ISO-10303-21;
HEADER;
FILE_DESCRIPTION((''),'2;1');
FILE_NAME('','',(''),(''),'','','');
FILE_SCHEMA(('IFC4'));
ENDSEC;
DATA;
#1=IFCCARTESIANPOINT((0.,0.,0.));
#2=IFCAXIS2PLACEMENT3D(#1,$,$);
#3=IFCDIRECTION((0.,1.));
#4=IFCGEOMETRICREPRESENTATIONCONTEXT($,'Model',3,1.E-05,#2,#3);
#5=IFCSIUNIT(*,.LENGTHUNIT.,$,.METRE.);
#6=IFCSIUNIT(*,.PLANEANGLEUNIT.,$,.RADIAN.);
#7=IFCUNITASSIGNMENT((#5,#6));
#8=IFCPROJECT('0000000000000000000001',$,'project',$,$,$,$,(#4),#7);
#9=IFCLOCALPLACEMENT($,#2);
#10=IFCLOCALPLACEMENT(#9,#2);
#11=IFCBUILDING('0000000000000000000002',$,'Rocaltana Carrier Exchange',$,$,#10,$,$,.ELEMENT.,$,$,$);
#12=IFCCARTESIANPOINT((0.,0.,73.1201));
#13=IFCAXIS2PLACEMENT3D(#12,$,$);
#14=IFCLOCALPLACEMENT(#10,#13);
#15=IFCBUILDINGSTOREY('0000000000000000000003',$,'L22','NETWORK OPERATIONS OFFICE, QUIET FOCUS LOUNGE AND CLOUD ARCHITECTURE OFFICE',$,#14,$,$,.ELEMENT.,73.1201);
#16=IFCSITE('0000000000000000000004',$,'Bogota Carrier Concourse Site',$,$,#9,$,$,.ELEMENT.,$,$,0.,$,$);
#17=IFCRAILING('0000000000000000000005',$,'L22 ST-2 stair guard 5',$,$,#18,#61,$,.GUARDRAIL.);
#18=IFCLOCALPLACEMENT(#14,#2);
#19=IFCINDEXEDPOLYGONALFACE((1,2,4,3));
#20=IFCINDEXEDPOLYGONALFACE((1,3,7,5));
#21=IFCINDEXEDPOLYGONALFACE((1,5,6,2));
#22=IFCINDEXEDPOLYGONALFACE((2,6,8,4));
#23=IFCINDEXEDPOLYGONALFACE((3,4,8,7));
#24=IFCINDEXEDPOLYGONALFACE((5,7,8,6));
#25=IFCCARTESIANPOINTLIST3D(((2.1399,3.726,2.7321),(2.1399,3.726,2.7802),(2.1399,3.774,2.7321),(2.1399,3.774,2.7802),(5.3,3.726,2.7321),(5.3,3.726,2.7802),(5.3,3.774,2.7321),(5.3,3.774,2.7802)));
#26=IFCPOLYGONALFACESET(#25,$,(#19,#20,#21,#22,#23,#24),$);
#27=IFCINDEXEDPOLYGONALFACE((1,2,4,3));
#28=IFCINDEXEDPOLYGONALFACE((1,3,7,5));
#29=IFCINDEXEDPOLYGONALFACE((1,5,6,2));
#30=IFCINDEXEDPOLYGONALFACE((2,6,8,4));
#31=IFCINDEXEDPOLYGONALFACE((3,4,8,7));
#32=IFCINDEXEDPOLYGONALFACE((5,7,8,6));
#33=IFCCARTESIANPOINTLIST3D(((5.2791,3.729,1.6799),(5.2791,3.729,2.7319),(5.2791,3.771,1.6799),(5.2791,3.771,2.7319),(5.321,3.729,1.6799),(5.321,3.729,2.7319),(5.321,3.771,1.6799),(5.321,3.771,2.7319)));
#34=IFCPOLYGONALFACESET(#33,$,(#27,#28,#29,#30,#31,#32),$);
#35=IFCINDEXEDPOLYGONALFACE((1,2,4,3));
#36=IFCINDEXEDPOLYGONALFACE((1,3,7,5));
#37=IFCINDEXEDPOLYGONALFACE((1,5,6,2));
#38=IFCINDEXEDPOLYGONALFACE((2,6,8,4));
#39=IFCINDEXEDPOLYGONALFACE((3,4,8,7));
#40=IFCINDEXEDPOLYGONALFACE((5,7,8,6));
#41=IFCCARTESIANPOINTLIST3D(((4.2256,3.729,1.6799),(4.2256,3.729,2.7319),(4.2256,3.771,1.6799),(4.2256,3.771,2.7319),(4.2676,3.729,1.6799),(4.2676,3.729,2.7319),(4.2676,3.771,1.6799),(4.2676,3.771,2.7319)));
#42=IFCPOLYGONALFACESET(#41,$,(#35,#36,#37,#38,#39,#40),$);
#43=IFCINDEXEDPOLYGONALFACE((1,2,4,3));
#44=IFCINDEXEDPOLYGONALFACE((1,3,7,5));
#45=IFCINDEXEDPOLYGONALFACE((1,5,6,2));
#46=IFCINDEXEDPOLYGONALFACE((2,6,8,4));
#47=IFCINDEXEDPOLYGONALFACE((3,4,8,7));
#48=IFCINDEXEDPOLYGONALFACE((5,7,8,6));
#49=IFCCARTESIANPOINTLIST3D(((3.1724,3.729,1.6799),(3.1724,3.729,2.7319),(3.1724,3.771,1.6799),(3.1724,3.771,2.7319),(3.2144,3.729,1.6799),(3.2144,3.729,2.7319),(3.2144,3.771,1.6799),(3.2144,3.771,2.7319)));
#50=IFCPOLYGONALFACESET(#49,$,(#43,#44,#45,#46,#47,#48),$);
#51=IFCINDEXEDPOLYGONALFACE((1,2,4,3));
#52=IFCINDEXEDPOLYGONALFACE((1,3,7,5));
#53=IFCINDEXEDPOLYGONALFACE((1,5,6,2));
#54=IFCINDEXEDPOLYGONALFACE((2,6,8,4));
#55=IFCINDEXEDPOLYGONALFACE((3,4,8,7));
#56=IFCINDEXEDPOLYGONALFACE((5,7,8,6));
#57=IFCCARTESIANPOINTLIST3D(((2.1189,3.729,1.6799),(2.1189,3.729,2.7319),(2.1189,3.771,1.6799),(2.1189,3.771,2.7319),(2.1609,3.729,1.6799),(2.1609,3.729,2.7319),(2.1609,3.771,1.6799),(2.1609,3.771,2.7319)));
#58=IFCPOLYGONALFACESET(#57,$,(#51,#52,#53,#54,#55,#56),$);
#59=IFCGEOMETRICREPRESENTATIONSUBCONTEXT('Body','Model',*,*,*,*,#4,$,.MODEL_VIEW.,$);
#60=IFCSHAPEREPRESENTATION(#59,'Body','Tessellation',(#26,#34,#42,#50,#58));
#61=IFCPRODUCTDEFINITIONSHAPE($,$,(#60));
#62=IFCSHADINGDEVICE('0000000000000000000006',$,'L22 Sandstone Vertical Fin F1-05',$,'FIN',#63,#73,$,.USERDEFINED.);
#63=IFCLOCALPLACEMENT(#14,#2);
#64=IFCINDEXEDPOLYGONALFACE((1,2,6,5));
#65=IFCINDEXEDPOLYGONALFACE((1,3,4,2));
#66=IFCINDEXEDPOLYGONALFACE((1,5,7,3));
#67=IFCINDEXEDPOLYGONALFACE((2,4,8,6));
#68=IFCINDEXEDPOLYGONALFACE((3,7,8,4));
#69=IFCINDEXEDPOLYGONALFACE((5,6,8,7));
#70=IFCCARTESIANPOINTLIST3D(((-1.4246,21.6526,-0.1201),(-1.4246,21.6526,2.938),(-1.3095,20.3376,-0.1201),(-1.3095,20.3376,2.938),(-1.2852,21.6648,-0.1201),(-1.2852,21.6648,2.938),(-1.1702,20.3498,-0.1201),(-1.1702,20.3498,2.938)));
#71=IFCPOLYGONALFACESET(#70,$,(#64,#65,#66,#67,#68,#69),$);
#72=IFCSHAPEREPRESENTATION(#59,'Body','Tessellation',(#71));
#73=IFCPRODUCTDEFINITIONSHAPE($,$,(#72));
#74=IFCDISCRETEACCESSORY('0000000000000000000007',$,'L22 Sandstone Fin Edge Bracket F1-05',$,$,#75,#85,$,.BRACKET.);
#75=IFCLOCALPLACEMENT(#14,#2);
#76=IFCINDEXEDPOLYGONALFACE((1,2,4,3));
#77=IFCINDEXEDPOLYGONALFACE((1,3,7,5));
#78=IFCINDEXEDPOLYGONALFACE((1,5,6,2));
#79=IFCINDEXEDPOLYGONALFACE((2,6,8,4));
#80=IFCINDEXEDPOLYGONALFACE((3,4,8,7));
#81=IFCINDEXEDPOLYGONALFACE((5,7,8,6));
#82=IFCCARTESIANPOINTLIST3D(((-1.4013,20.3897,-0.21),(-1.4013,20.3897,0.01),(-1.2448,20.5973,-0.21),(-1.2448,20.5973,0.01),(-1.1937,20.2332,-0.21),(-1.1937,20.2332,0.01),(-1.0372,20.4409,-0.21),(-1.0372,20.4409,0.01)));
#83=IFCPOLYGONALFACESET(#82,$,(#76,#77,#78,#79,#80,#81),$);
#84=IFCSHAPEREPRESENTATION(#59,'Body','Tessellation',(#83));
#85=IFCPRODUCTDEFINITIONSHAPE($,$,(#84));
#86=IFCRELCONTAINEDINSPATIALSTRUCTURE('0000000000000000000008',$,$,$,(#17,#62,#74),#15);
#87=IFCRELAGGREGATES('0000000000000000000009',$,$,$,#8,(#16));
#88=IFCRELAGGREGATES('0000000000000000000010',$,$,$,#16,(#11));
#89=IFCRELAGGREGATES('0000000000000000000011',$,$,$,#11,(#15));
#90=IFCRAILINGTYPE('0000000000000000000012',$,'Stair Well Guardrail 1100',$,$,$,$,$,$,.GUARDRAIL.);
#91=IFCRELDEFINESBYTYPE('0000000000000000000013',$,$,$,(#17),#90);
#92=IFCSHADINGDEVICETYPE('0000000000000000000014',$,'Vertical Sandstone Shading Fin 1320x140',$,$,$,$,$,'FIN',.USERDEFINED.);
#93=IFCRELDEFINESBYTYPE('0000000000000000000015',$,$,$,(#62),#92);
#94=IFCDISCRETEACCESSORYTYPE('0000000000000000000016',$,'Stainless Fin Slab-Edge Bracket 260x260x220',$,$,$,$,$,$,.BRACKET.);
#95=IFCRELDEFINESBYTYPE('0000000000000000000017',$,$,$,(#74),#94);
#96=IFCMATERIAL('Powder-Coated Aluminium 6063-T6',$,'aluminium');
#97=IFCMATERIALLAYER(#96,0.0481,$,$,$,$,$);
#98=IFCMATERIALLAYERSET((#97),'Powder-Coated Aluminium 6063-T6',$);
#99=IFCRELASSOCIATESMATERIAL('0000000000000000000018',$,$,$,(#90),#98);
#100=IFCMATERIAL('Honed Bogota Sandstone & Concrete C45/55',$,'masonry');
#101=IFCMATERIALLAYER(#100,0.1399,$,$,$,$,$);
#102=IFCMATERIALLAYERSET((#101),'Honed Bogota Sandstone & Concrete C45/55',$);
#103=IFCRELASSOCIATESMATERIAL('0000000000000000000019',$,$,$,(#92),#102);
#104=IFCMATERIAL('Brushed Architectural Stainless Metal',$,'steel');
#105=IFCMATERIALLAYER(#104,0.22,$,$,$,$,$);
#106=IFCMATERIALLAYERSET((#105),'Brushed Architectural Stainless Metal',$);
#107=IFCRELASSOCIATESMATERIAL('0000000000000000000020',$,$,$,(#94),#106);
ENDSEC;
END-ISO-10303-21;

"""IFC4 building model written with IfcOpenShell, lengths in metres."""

from ifc_helpers import new_model, si_unit, direction, frame, origin, origin_2d, place, context, subcontext, project, spatial, rectangle, extrude, material, layer, layer_set, type_object, element, save


model = new_model("IFC4")

# Units and contexts
model_context = context("Model", 3, precision=1e-05, world=origin(), true_north=direction((0.0, 1.0)))
body_context = subcontext(model_context, "Body", "Model", "MODEL_VIEW")
ifc_project = project(units=[si_unit("LENGTHUNIT", "METRE"), si_unit("PLANEANGLEUNIT", "RADIAN")], contexts=[model_context])

# Site, building, storey
site_placement = place(None, origin())
site = spatial("IfcSite", under=ifc_project, at=site_placement, Name="Bogota Carrier Concourse Site", CompositionType="ELEMENT", RefElevation=0.0)
building_placement = place(site_placement, origin())
building = spatial("IfcBuilding", under=site, at=building_placement, Name="Rocaltana Carrier Exchange", CompositionType="ELEMENT")
storey_placement = place(building_placement, frame((0.0, 0.0, 73.1201)))
storey = spatial("IfcBuildingStorey", under=building, at=storey_placement, Name="L22", Description="NETWORK OPERATIONS OFFICE, QUIET FOCUS LOUNGE AND CLOUD ARCHITECTURE OFFICE", CompositionType="ELEMENT", Elevation=73.1201)

# Railing
ifc_material_1 = material(Name="Powder-Coated Aluminium 6063-T6", Category="aluminium")
ifc_layer_1 = layer(ifc_material_1, 0.0481)
ifc_layer_set_1 = layer_set([ifc_layer_1], Name="Powder-Coated Aluminium 6063-T6")
railing_type = type_object("IfcRailingType", Name="Stair Well Guardrail 1100", PredefinedType="GUARDRAIL", material=ifc_layer_set_1)
railing_placement = place(storey_placement, frame((5.3, 3.75, 1.6799)))
element("IfcRailing", 1, at=railing_placement, inside=storey, type_object=railing_type, Name="L22 ST-2 stair guard 5", PredefinedType="GUARDRAIL", context=body_context, shape_type="SweptSolid", body=[
    extrude(rectangle(XDim=0.0481, YDim=0.0481, at=origin_2d()), frame((0.0, 0.0, 1.0762), z_axis=(-1.0, 0.0, 0.0), x_axis=(0.0, -1.0, 0.0)), (0.0, 0.0, 1.0), 3.1602),
    extrude(rectangle(XDim=0.042, YDim=0.042, at=origin_2d()), origin(), (0.0, 0.0, 1.0), 1.052),
    extrude(rectangle(XDim=0.042, YDim=0.042, at=origin_2d()), frame((-1.0535, 0.0, 0.0)), (0.0, 0.0, 1.0), 1.052),
    extrude(rectangle(XDim=0.042, YDim=0.042, at=origin_2d()), frame((-2.1067, 0.0, 0.0)), (0.0, 0.0, 1.0), 1.052),
    extrude(rectangle(XDim=0.042, YDim=0.042, at=origin_2d()), frame((-3.1602, 0.0, 0.0)), (0.0, 0.0, 1.0), 1.052),
])

# Shading device
ifc_material_2 = material(Name="Honed Bogota Sandstone & Concrete C45/55", Category="masonry")
ifc_layer_2 = layer(ifc_material_2, 0.1399)
ifc_layer_set_2 = layer_set([ifc_layer_2], Name="Honed Bogota Sandstone & Concrete C45/55")
shading_device_type = type_object("IfcShadingDeviceType", Name="Vertical Sandstone Shading Fin 1320x140", ElementType="FIN", PredefinedType="USERDEFINED", material=ifc_layer_set_2)
shading_device_placement = place(storey_placement, frame((-1.2974, 21.0012, -0.1201), z_axis=(0.0, 0.0, 1.0), x_axis=(-0.087156, 0.996195, 0.0)))
element("IfcShadingDevice", 2, at=shading_device_placement, inside=storey, type_object=shading_device_type, Name="L22 Sandstone Vertical Fin F1-05", ObjectType="FIN", PredefinedType="USERDEFINED", context=body_context, shape_type="SweptSolid", body=[
    extrude(rectangle(XDim=1.3201, YDim=0.1399, at=origin_2d()), origin(), (0.0, 0.0, 1.0), 3.0581),
])

# Discrete accessory
ifc_material_3 = material(Name="Brushed Architectural Stainless Metal", Category="steel")
ifc_layer_3 = layer(ifc_material_3, 0.22)
ifc_layer_set_3 = layer_set([ifc_layer_3], Name="Brushed Architectural Stainless Metal")
discrete_accessory_type = type_object("IfcDiscreteAccessoryType", Name="Stainless Fin Slab-Edge Bracket 260x260x220", PredefinedType="BRACKET", material=ifc_layer_set_3)
discrete_accessory_placement = place(storey_placement, frame((-1.2192, 20.4153, -0.21), z_axis=(0.0, 0.0, 1.0), x_axis=(-0.798636, 0.601815, 0.0)))
element("IfcDiscreteAccessory", 3, at=discrete_accessory_placement, inside=storey, type_object=discrete_accessory_type, Name="L22 Sandstone Fin Edge Bracket F1-05", PredefinedType="BRACKET", context=body_context, shape_type="SweptSolid", body=[
    extrude(rectangle(XDim=0.26, YDim=0.26, at=origin_2d()), origin(), (0.0, 0.0, 1.0), 0.22),
])

save(model, "model.ifc")
